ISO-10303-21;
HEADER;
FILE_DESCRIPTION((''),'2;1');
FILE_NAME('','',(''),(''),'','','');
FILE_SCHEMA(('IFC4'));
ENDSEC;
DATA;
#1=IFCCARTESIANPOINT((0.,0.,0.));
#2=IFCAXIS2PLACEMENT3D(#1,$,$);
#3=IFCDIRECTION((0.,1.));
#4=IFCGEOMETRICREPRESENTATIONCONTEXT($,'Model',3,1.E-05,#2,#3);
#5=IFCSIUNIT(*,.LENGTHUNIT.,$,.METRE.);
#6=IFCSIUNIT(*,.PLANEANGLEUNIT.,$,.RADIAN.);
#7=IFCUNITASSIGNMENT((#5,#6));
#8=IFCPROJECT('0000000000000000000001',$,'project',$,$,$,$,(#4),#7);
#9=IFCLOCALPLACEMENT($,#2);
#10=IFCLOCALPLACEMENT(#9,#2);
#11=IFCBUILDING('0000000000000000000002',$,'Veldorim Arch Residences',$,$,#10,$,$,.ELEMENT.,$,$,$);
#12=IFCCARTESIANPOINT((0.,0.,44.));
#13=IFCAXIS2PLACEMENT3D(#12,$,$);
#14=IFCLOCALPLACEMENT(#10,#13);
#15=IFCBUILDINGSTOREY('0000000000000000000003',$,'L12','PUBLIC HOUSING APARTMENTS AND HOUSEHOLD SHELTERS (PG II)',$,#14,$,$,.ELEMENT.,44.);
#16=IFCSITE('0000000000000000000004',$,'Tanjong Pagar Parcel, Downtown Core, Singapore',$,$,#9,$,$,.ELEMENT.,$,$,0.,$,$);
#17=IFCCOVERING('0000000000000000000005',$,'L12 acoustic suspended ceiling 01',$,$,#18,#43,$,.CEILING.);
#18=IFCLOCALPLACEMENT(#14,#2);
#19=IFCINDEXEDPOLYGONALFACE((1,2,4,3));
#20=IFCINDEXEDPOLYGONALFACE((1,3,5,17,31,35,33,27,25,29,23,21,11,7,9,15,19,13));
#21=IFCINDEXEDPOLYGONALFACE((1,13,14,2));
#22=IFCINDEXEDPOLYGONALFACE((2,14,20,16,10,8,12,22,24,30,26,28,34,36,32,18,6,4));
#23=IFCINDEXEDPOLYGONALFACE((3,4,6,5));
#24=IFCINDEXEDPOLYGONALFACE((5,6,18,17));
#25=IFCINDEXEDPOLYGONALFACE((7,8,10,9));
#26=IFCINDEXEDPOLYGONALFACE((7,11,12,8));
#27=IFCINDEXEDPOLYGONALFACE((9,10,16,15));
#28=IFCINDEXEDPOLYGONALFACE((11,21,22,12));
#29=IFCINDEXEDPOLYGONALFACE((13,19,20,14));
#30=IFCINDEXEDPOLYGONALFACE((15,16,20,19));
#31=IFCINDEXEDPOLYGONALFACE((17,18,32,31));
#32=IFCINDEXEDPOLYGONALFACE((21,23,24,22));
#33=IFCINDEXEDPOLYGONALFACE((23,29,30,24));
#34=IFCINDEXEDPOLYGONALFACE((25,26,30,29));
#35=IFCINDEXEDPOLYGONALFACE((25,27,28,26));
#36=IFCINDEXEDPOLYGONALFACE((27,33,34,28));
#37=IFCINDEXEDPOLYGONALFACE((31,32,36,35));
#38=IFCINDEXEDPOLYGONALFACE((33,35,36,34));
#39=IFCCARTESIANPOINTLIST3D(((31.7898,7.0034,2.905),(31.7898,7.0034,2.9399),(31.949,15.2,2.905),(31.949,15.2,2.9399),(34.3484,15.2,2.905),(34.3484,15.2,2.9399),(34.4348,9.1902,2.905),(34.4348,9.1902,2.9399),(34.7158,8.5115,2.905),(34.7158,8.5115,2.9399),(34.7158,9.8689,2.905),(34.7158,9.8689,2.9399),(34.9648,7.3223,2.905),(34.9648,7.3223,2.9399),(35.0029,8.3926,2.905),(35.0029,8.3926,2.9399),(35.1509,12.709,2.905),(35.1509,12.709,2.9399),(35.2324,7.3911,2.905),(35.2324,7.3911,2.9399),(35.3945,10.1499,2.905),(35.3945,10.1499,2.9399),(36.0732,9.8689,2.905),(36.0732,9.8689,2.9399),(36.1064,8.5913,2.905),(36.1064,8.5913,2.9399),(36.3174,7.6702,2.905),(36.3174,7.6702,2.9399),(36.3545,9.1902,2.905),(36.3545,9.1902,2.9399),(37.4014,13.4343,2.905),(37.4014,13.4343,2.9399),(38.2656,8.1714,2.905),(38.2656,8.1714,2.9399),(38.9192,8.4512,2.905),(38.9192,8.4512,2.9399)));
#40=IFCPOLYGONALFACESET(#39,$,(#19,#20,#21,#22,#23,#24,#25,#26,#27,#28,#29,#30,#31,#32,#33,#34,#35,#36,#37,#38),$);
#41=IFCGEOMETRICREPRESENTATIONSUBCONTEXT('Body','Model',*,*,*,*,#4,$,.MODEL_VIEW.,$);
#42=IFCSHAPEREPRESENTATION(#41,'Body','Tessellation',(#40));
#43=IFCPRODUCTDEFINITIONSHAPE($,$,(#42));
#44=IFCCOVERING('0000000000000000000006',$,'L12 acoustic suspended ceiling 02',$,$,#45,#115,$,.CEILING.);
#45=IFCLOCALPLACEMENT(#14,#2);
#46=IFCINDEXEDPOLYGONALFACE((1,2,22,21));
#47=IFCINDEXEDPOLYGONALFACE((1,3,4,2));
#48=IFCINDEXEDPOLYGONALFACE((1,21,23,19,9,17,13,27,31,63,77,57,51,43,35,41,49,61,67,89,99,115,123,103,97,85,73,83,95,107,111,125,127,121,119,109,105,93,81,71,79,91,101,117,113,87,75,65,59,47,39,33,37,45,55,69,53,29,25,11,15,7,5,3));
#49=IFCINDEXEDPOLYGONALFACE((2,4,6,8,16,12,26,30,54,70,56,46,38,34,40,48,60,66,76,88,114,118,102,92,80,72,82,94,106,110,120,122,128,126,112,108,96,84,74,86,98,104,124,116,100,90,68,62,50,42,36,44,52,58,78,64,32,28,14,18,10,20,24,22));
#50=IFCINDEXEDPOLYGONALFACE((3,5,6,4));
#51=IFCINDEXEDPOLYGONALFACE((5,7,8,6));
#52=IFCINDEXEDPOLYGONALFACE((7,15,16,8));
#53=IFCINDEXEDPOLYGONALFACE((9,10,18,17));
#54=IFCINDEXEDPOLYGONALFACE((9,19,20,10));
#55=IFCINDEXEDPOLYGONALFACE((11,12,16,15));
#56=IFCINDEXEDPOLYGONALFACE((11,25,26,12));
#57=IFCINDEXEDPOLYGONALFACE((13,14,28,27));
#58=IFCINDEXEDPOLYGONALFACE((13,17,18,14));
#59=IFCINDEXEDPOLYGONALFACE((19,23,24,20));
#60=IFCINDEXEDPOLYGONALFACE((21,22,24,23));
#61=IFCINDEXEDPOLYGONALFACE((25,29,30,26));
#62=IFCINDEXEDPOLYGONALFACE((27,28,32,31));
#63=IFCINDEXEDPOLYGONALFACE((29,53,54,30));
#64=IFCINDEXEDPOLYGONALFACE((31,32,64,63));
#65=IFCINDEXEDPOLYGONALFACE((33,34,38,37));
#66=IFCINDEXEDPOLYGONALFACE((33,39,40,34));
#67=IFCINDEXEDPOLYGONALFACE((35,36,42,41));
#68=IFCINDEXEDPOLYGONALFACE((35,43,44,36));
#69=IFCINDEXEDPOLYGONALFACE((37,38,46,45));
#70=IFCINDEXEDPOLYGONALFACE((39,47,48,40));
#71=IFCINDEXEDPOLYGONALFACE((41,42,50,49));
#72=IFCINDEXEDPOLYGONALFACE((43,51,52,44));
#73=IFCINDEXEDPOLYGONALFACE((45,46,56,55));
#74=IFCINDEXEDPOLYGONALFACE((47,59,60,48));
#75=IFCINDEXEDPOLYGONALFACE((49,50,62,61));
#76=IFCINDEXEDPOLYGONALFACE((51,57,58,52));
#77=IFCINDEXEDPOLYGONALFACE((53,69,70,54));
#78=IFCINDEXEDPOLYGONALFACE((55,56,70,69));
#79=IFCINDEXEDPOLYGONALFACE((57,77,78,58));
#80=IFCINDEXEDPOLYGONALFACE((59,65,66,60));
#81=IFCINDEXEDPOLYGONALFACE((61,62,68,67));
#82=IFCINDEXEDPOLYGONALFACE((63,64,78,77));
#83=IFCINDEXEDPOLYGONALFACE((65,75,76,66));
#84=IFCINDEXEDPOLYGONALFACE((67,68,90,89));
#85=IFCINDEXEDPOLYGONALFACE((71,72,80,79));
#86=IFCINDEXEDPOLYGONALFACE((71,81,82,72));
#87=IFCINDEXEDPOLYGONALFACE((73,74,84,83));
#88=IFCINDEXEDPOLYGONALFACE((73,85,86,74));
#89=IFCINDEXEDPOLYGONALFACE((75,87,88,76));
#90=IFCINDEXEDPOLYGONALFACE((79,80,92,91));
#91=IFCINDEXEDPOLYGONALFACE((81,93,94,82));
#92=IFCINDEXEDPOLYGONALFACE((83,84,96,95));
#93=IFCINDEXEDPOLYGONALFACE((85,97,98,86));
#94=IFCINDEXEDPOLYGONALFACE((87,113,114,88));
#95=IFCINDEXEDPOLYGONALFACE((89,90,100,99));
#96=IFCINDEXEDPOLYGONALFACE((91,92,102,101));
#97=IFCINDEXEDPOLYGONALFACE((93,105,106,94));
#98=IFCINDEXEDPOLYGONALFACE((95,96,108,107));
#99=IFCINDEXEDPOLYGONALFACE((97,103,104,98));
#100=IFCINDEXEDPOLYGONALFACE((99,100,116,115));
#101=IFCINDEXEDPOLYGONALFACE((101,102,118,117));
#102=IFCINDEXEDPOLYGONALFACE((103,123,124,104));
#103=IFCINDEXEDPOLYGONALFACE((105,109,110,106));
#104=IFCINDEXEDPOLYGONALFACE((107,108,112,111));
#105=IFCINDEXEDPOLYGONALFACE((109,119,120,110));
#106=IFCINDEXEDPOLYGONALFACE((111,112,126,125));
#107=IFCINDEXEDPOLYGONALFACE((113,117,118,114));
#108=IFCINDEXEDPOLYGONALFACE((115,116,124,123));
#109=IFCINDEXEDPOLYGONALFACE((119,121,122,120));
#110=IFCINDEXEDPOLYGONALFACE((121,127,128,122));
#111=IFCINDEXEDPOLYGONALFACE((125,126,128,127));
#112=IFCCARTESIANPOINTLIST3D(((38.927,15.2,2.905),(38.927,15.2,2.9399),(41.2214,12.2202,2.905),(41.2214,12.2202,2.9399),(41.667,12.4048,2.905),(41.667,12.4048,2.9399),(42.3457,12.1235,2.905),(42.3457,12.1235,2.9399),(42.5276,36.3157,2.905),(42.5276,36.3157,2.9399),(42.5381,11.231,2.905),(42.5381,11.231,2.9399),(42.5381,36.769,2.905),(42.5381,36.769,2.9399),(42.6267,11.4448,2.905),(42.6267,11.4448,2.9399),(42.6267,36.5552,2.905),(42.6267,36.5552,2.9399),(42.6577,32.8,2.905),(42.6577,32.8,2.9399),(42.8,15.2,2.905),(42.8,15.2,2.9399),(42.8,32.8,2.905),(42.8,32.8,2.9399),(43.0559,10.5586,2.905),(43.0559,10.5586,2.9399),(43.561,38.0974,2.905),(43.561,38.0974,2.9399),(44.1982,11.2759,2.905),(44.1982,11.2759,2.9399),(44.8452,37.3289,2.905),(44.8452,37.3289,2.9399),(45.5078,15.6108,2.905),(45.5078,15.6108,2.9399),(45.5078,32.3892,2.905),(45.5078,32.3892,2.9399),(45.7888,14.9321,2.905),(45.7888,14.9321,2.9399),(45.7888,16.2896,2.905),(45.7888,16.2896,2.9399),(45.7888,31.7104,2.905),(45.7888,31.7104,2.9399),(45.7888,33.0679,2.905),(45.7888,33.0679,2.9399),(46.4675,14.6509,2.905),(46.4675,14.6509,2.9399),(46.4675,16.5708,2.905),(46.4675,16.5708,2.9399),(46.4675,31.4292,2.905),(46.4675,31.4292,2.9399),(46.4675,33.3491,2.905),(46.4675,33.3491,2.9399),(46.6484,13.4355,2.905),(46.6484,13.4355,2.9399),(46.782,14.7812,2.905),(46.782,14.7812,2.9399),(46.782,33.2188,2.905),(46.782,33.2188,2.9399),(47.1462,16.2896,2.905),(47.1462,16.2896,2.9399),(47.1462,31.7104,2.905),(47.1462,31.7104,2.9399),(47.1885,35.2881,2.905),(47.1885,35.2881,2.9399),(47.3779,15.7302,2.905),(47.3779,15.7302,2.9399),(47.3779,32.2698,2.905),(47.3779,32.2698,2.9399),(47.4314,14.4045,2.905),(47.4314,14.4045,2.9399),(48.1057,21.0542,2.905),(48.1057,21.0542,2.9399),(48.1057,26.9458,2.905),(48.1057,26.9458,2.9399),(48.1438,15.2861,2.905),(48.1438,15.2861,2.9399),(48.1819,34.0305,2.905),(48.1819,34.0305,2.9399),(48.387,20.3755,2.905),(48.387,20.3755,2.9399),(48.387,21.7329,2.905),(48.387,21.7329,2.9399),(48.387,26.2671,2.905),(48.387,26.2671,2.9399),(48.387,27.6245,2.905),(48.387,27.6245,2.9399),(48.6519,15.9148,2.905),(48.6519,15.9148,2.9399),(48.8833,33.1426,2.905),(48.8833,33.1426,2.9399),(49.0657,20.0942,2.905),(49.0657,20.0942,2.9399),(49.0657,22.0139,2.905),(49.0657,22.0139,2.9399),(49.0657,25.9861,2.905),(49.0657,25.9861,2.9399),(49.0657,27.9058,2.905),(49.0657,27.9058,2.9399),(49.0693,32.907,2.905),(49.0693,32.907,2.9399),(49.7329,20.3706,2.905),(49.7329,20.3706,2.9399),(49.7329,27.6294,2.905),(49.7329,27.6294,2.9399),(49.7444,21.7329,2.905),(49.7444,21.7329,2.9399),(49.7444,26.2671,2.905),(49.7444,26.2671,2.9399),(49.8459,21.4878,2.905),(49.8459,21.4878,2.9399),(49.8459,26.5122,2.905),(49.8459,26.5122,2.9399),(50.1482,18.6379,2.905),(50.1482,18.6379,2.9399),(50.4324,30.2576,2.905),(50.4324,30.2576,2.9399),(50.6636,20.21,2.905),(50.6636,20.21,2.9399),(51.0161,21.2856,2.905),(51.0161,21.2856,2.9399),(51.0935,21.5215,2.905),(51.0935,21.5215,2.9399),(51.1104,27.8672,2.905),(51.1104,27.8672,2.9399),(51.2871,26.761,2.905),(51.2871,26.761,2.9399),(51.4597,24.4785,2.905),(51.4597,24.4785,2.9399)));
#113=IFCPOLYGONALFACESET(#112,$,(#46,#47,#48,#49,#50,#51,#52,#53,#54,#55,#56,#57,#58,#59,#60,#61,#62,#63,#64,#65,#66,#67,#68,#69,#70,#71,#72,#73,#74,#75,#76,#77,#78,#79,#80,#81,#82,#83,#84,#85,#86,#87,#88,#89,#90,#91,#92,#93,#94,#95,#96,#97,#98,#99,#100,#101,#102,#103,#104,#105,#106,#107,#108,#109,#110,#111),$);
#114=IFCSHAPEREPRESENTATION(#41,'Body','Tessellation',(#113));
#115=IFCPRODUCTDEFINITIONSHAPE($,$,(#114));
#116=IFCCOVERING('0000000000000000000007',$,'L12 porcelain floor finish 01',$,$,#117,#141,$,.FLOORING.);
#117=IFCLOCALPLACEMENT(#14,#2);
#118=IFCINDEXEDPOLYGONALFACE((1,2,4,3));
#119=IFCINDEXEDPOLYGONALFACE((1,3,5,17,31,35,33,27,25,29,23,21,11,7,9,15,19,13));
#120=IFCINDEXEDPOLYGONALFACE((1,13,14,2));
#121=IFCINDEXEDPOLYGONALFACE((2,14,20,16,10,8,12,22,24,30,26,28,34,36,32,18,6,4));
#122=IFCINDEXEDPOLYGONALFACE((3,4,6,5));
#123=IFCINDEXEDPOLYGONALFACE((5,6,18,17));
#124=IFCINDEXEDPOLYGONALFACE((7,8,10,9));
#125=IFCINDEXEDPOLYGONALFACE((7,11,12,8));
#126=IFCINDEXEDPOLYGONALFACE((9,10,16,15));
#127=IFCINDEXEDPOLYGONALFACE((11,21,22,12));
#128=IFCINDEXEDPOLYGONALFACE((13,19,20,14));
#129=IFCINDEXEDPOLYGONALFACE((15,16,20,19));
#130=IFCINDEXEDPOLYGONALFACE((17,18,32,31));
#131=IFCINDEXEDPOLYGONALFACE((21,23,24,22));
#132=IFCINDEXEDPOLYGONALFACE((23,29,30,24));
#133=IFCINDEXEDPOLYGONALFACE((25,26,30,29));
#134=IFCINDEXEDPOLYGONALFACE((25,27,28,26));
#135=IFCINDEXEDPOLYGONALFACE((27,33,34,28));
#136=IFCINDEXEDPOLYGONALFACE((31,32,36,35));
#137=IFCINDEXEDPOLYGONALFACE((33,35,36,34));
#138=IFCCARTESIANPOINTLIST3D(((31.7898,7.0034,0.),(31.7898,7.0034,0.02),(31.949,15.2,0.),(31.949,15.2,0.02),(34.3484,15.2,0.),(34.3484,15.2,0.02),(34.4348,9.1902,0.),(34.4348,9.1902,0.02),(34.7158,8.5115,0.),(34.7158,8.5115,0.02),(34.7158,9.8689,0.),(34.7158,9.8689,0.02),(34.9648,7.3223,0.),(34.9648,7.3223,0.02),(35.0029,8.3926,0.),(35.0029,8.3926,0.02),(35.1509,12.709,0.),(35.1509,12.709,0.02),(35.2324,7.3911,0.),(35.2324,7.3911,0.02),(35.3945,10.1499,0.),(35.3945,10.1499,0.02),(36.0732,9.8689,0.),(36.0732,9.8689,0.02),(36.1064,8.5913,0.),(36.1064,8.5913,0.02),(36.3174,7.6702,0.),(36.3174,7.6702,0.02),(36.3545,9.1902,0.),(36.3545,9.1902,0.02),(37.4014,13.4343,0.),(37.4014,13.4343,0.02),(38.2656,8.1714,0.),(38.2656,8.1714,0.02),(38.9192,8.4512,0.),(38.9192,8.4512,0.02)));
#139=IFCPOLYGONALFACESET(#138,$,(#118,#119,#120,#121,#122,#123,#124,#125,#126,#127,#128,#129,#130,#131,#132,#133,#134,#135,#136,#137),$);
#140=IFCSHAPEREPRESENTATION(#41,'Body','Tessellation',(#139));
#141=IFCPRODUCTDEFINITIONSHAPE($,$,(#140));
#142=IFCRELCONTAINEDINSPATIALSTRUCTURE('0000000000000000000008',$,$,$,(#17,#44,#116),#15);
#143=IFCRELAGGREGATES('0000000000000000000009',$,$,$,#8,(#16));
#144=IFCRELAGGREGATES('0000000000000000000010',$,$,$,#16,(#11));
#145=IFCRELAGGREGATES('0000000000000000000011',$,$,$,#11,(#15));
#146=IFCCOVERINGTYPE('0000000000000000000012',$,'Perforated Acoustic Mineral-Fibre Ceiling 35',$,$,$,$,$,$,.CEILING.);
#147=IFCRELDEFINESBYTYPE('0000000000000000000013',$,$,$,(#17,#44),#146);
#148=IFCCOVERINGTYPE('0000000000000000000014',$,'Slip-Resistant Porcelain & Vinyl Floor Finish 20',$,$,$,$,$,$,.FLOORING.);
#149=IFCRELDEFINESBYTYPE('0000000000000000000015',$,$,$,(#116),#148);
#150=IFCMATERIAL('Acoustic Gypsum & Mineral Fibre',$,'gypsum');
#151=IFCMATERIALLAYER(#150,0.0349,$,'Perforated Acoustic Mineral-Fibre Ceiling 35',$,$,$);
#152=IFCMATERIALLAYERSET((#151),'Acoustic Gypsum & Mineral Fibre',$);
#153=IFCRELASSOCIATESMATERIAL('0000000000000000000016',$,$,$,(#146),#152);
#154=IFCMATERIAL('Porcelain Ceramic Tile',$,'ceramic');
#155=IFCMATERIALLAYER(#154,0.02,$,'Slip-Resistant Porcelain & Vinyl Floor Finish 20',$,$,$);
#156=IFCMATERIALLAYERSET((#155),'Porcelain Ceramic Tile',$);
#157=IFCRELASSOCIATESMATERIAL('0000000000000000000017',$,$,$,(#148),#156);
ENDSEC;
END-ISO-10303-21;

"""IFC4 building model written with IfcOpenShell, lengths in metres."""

from ifc_helpers import new_model, si_unit, direction, frame, origin, place, context, subcontext, project, spatial, polyline, outline, extrude, material, layer, layer_set, type_object, element, save


model = new_model("IFC4")

# Units and contexts
model_context = context("Model", 3, precision=1e-05, world=origin(), true_north=direction((0.0, 1.0)))
body_context = subcontext(model_context, "Body", "Model", "MODEL_VIEW")
ifc_project = project(units=[si_unit("LENGTHUNIT", "METRE"), si_unit("PLANEANGLEUNIT", "RADIAN")], contexts=[model_context])

# Site, building, storey
site_placement = place(None, origin())
site = spatial("IfcSite", under=ifc_project, at=site_placement, Name="Tanjong Pagar Parcel, Downtown Core, Singapore", CompositionType="ELEMENT", RefElevation=0.0)
building_placement = place(site_placement, origin())
building = spatial("IfcBuilding", under=site, at=building_placement, Name="Veldorim Arch Residences", CompositionType="ELEMENT")
storey_placement = place(building_placement, frame((0.0, 0.0, 44.0)))
storey = spatial("IfcBuildingStorey", under=building, at=storey_placement, Name="L12", Description="PUBLIC HOUSING APARTMENTS AND HOUSEHOLD SHELTERS (PG II)", CompositionType="ELEMENT", Elevation=44.0)

# Coverings
ifc_material_1 = material(Name="Acoustic Gypsum & Mineral Fibre", Category="gypsum")
ifc_layer_1 = layer(ifc_material_1, 0.0349, Name="Perforated Acoustic Mineral-Fibre Ceiling 35")
ifc_layer_set_1 = layer_set([ifc_layer_1], Name="Acoustic Gypsum & Mineral Fibre")
covering_type_1 = type_object("IfcCoveringType", Name="Perforated Acoustic Mineral-Fibre Ceiling 35", PredefinedType="CEILING", material=ifc_layer_set_1)
covering_1_placement = place(storey_placement, frame((0.0, 0.0, 2.905)))
element("IfcCovering", 1, at=covering_1_placement, inside=storey, type_object=covering_type_1, Name="L12 acoustic suspended ceiling 01", PredefinedType="CEILING", context=body_context, shape_type="SweptSolid", body=[
    extrude(outline(polyline([(36.3545, 9.1902), (36.0732, 9.8689), (35.3945, 10.1499), (34.7158, 9.8689), (34.4348, 9.1902), (34.7158, 8.5115), (35.0029, 8.3926), (35.2324, 7.3911), (34.9648, 7.3223), (31.7898, 7.0034), (31.949, 15.2), (34.3484, 15.2), (35.1509, 12.709), (37.4014, 13.4343), (38.9192, 8.4512), (38.2656, 8.1714), (36.3174, 7.6702), (36.1064, 8.5913), (36.3545, 9.1902)])), origin(), (0.0, 0.0, 1.0), 0.0349),
])
covering_2_placement = place(storey_placement, frame((0.0, 0.0, 2.905)))
element("IfcCovering", 2, at=covering_2_placement, inside=storey, type_object=covering_type_1, Name="L12 acoustic suspended ceiling 02", PredefinedType="CEILING", context=body_context, shape_type="SweptSolid", body=[
    extrude(outline(polyline([(48.387, 21.7329), (48.1057, 21.0542), (48.387, 20.3755), (49.0657, 20.0942), (49.7329, 20.3706), (50.6636, 20.21), (50.1482, 18.6379), (48.6519, 15.9148), (48.1438, 15.2861), (47.3779, 15.7302), (47.1462, 16.2896), (46.4675, 16.5708), (45.7888, 16.2896), (45.5078, 15.6108), (45.7888, 14.9321), (46.4675, 14.6509), (46.782, 14.7812), (47.4314, 14.4045), (46.6484, 13.4355), (44.1982, 11.2759), (43.0559, 10.5586), (42.5381, 11.231), (42.6267, 11.4448), (42.3457, 12.1235), (41.667, 12.4048), (41.2214, 12.2202), (38.927, 15.2), (42.8, 15.2), (42.8, 32.8), (42.6577, 32.8), (42.5276, 36.3157), (42.6267, 36.5552), (42.5381, 36.769), (43.561, 38.0974), (44.8452, 37.3289), (47.1885, 35.2881), (48.1819, 34.0305), (46.782, 33.2188), (46.4675, 33.3491), (45.7888, 33.0679), (45.5078, 32.3892), (45.7888, 31.7104), (46.4675, 31.4292), (47.1462, 31.7104), (47.3779, 32.2698), (48.8833, 33.1426), (49.0693, 32.907), (50.4324, 30.2576), (51.1104, 27.8672), (49.7329, 27.6294), (49.0657, 27.9058), (48.387, 27.6245), (48.1057, 26.9458), (48.387, 26.2671), (49.0657, 25.9861), (49.7444, 26.2671), (49.8459, 26.5122), (51.2871, 26.761), (51.4597, 24.4785), (51.0935, 21.5215), (51.0161, 21.2856), (49.8459, 21.4878), (49.7444, 21.7329), (49.0657, 22.0139), (48.387, 21.7329)])), origin(), (0.0, 0.0, 1.0), 0.0349),
])
ifc_material_2 = material(Name="Porcelain Ceramic Tile", Category="ceramic")
ifc_layer_2 = layer(ifc_material_2, 0.02, Name="Slip-Resistant Porcelain & Vinyl Floor Finish 20")
ifc_layer_set_2 = layer_set([ifc_layer_2], Name="Porcelain Ceramic Tile")
covering_type_2 = type_object("IfcCoveringType", Name="Slip-Resistant Porcelain & Vinyl Floor Finish 20", PredefinedType="FLOORING", material=ifc_layer_set_2)
covering_3_placement = place(storey_placement, origin())
element("IfcCovering", 3, at=covering_3_placement, inside=storey, type_object=covering_type_2, Name="L12 porcelain floor finish 01", PredefinedType="FLOORING", context=body_context, shape_type="SweptSolid", body=[
    extrude(outline(polyline([(36.3545, 9.1902), (36.0732, 9.8689), (35.3945, 10.1499), (34.7158, 9.8689), (34.4348, 9.1902), (34.7158, 8.5115), (35.0029, 8.3926), (35.2324, 7.3911), (34.9648, 7.3223), (31.7898, 7.0034), (31.949, 15.2), (34.3484, 15.2), (35.1509, 12.709), (37.4014, 13.4343), (38.9192, 8.4512), (38.2656, 8.1714), (36.3174, 7.6702), (36.1064, 8.5913), (36.3545, 9.1902)])), origin(), (0.0, 0.0, 1.0), 0.02),
])

save(model, "model.ifc")
